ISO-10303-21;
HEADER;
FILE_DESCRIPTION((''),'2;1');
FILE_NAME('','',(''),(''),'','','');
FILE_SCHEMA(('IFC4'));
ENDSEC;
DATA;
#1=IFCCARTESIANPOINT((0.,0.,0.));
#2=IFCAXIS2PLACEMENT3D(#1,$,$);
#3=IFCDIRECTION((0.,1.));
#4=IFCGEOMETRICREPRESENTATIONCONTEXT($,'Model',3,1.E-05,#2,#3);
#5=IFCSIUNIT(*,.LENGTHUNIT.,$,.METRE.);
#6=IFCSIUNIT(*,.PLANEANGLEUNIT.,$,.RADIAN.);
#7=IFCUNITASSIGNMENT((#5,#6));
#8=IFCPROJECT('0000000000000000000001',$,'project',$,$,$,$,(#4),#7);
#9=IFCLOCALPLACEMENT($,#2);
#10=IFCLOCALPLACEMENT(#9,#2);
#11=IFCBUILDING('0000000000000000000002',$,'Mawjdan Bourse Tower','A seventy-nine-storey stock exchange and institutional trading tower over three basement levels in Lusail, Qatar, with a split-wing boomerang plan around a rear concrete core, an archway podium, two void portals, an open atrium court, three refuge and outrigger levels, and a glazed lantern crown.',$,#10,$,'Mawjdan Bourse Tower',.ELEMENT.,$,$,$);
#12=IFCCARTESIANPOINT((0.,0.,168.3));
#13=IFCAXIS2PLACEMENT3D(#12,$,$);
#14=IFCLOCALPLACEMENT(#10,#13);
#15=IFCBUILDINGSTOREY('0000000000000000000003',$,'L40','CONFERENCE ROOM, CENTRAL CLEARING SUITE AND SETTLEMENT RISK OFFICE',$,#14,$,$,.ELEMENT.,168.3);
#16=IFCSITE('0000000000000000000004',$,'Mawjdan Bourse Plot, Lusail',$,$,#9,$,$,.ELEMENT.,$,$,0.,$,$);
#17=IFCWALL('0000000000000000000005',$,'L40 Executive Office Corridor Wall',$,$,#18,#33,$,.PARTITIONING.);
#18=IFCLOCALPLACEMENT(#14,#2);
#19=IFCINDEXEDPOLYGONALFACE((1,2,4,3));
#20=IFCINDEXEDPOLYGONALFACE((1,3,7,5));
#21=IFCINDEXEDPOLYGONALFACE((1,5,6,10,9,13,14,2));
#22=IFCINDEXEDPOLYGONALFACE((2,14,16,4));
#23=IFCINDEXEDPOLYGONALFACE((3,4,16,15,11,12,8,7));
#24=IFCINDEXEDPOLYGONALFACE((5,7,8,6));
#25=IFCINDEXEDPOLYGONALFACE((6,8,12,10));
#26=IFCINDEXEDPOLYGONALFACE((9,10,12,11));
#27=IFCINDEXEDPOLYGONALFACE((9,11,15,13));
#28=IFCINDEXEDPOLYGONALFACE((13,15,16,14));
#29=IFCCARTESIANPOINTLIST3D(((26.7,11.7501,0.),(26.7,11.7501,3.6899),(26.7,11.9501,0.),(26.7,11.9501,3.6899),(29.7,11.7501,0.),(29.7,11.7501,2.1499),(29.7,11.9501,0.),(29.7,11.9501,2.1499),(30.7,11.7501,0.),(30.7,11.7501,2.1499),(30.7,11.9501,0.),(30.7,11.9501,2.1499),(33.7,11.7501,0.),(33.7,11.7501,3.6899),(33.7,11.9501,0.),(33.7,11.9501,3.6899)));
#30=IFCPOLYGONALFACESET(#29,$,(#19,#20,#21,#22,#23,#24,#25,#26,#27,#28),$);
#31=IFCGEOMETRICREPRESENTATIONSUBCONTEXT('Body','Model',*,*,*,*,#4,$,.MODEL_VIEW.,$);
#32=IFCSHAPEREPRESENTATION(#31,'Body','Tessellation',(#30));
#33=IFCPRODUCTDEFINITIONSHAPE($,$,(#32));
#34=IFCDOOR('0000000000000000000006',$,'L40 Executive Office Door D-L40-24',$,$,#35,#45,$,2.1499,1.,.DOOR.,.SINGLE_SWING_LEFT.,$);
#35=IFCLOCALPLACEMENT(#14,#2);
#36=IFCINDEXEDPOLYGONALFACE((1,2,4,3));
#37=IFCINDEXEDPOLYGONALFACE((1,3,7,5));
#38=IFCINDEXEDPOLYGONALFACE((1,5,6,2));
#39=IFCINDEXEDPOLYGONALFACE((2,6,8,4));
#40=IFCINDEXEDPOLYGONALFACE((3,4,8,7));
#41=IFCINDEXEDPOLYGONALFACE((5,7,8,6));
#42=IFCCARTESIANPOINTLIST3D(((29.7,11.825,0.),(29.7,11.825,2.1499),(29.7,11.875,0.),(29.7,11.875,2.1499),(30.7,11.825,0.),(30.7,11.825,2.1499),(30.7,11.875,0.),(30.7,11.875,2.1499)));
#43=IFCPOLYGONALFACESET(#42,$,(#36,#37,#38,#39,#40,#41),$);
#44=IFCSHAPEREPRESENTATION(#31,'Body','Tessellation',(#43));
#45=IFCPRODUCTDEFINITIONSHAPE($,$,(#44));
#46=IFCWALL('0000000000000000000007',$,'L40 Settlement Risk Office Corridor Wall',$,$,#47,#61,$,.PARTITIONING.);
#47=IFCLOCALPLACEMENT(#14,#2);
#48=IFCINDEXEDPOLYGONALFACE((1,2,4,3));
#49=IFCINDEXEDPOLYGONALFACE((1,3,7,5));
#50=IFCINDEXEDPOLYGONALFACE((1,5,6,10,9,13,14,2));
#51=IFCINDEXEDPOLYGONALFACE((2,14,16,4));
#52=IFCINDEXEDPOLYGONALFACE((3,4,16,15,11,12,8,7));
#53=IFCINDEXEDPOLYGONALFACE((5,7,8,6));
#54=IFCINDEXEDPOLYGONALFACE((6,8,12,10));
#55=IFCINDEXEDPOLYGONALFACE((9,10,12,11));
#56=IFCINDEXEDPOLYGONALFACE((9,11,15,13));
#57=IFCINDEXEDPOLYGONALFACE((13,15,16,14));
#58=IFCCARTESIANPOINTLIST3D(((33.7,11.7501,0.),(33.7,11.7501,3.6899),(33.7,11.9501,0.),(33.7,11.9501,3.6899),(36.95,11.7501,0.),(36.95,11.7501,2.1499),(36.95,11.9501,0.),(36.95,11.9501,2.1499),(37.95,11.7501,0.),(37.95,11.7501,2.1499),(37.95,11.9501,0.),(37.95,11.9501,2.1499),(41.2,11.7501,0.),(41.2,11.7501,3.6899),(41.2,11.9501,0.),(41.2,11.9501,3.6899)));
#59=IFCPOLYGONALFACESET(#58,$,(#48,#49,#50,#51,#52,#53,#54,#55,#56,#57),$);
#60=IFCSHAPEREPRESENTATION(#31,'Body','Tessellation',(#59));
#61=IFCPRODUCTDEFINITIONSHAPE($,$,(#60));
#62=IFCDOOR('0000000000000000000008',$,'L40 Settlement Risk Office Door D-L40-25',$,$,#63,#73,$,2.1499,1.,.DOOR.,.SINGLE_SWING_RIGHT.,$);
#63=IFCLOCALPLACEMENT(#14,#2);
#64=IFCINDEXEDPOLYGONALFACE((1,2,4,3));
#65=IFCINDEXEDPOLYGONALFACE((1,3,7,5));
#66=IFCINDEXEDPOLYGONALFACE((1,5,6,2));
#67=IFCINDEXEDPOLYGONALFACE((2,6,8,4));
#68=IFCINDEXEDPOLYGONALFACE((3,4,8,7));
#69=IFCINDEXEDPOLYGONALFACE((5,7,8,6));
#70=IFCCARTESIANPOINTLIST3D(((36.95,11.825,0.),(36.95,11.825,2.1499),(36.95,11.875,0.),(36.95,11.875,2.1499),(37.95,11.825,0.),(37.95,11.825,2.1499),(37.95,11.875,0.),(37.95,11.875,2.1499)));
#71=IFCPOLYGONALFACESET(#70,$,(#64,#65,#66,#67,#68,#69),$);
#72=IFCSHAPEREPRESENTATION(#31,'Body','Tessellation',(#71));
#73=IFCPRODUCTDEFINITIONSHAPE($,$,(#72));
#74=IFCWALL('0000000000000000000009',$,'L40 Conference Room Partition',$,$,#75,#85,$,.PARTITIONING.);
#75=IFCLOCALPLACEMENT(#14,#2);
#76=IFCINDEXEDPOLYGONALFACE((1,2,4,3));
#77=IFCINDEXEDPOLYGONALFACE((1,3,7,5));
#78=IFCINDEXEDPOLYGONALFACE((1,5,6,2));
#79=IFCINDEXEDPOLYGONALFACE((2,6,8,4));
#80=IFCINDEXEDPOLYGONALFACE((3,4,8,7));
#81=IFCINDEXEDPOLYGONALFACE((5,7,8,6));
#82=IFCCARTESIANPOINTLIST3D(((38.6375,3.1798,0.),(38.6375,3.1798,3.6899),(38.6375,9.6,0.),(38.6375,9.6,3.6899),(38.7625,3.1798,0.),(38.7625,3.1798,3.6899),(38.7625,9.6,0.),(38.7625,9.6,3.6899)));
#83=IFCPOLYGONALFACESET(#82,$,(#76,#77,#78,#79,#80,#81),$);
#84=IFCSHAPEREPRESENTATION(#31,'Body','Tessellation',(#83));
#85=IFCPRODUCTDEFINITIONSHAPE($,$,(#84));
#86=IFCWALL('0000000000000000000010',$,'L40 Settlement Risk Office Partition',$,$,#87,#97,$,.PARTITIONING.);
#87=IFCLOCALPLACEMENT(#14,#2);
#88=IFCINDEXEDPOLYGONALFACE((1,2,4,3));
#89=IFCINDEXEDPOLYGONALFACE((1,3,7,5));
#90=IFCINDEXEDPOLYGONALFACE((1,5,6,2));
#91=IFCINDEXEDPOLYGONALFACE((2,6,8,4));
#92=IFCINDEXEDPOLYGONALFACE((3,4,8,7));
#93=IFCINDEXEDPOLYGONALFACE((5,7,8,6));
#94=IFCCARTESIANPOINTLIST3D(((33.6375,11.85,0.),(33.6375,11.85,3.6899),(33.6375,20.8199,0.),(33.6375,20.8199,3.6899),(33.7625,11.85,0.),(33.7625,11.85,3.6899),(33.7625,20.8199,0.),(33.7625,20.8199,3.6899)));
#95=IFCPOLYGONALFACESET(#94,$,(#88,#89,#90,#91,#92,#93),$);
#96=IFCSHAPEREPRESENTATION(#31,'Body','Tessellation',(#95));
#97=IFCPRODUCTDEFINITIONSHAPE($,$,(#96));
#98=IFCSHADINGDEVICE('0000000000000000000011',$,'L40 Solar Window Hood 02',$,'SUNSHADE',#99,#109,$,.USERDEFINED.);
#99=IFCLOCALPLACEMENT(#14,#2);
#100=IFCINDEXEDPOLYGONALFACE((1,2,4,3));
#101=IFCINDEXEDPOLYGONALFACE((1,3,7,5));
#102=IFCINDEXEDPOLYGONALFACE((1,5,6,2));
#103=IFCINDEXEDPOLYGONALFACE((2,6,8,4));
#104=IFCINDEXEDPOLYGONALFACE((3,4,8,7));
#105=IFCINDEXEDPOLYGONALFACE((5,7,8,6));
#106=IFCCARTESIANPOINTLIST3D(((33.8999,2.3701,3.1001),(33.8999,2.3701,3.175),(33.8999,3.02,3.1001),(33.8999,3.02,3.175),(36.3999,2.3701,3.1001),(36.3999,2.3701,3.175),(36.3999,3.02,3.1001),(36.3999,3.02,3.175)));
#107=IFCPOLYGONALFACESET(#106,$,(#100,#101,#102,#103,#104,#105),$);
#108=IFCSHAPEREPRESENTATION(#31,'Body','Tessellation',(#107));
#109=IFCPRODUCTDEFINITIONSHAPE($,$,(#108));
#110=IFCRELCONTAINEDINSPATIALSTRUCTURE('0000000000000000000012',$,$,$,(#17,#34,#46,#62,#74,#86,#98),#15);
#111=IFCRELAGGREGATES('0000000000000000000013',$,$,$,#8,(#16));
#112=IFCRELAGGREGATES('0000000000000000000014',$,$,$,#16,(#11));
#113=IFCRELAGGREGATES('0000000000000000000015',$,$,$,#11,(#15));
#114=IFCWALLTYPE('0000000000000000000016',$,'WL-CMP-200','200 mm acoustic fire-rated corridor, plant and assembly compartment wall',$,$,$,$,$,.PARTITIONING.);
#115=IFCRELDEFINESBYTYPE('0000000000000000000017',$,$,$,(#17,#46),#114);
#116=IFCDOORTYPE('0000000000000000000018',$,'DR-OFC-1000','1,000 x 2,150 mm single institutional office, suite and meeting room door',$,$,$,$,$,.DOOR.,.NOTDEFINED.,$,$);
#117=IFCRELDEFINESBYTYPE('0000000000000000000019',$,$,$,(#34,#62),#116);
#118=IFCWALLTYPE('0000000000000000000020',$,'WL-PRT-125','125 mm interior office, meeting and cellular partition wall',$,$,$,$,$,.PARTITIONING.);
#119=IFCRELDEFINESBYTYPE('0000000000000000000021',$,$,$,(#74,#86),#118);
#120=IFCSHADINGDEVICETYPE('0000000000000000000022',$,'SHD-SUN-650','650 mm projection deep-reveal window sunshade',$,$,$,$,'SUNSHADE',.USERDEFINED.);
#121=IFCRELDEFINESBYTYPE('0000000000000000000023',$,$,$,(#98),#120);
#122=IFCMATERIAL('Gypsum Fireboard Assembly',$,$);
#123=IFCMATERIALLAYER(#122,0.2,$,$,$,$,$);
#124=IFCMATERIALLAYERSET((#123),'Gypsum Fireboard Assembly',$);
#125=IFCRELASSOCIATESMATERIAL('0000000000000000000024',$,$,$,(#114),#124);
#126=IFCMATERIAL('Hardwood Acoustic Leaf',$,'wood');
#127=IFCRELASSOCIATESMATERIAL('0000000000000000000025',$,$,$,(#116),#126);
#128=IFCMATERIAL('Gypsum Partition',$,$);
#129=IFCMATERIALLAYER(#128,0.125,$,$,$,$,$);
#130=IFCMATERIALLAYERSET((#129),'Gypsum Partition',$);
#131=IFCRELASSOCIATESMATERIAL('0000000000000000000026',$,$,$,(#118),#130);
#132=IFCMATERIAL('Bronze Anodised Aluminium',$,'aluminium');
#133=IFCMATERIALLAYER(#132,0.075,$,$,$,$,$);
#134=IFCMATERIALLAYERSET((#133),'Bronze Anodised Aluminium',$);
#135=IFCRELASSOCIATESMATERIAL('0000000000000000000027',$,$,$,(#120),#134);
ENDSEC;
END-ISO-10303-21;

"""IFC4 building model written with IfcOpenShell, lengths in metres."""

from ifc_helpers import new_model, si_unit, direction, frame, frame_2d, origin, origin_2d, place, context, subcontext, project, spatial, rectangle, extrude, material, layer, layer_set, type_object, element, fill, save


model = new_model("IFC4")

# Units and contexts
model_context = context("Model", 3, precision=1e-05, world=origin(), true_north=direction((0.0, 1.0)))
body_context = subcontext(model_context, "Body", "Model", "MODEL_VIEW")
ifc_project = project(units=[si_unit("LENGTHUNIT", "METRE"), si_unit("PLANEANGLEUNIT", "RADIAN")], contexts=[model_context])

# Site, building, storey
site_placement = place(None, origin())
site = spatial("IfcSite", under=ifc_project, at=site_placement, Name="Mawjdan Bourse Plot, Lusail", CompositionType="ELEMENT", RefElevation=0.0)
building_placement = place(site_placement, origin())
building = spatial("IfcBuilding", under=site, at=building_placement, Name="Mawjdan Bourse Tower", Description="A seventy-nine-storey stock exchange and institutional trading tower over three basement levels in Lusail, Qatar, with a split-wing boomerang plan around a rear concrete core, an archway podium, two void portals, an open atrium court, three refuge and outrigger levels, and a glazed lantern crown.", LongName="Mawjdan Bourse Tower", CompositionType="ELEMENT")
storey_placement = place(building_placement, frame((0.0, 0.0, 168.3)))
storey = spatial("IfcBuildingStorey", under=building, at=storey_placement, Name="L40", Description="CONFERENCE ROOM, CENTRAL CLEARING SUITE AND SETTLEMENT RISK OFFICE", CompositionType="ELEMENT", Elevation=168.3)

# Shared definitions
ifc_material_1 = material(Name="Gypsum Fireboard Assembly")
ifc_layer_1 = layer(ifc_material_1, 0.2)
ifc_layer_set_1 = layer_set([ifc_layer_1], Name="Gypsum Fireboard Assembly")
wall_type_1 = type_object("IfcWallType", Name="WL-CMP-200", Description="200 mm acoustic fire-rated corridor, plant and assembly compartment wall", PredefinedType="PARTITIONING", material=ifc_layer_set_1)

# Walls, openings, doors
ifc_material_2 = material(Name="Hardwood Acoustic Leaf", Category="wood")
door_type_1 = type_object("IfcDoorType", Name="DR-OFC-1000", Description="1,000 x 2,150 mm single institutional office, suite and meeting room door", OperationType="NOTDEFINED", PredefinedType="DOOR", material=ifc_material_2)
wall_1_placement = place(storey_placement, frame((26.7, 11.8501, 0.0), z_axis=(0.0, 0.0, 1.0), x_axis=(1.0, 0.0, 0.0)))
wall_1 = element("IfcWall", 1, at=wall_1_placement, inside=storey, type_object=wall_type_1, Name="L40 Executive Office Corridor Wall", PredefinedType="PARTITIONING", context=body_context, shape_type="SweptSolid", body=[
    extrude(rectangle(XDim=7.0, YDim=0.2, at=frame_2d((3.5, 0.0))), origin(), (0.0, 0.0, 1.0), 3.6899),
])
opening_1_placement = place(wall_1_placement, frame((3.0, 0.0, 0.0)))
opening_1 = element("IfcOpeningElement", 2, at=opening_1_placement, cuts=wall_1, PredefinedType="OPENING", context=body_context, shape_type="SweptSolid", body=[
    extrude(rectangle(XDim=1.0, YDim=2.1499, at=frame_2d((0.5, 1.075))), frame((0.0, 0.1099, 0.0), z_axis=(0.0, -1.0, 0.0), x_axis=(1.0, 0.0, 0.0)), (0.0, 0.0, 1.0), 0.22),
])
door_1_placement = place(opening_1_placement, origin())
door_1 = element("IfcDoor", 3, at=door_1_placement, inside=storey, type_object=door_type_1, Name="L40 Executive Office Door D-L40-24", OperationType="SINGLE_SWING_LEFT", OverallHeight=2.1499, OverallWidth=1.0, PredefinedType="DOOR", context=body_context, shape_type="SweptSolid", body=[
    extrude(rectangle(XDim=1.0, YDim=2.1499, at=frame_2d((0.5, 1.075))), frame((0.0, 0.0249, 0.0), z_axis=(0.0, -1.0, 0.0), x_axis=(1.0, 0.0, 0.0)), (0.0, 0.0, 1.0), 0.05),
])
fill(opening_1, door_1)
wall_2_placement = place(storey_placement, frame((33.7, 11.8501, 0.0), z_axis=(0.0, 0.0, 1.0), x_axis=(1.0, 0.0, 0.0)))
wall_2 = element("IfcWall", 4, at=wall_2_placement, inside=storey, type_object=wall_type_1, Name="L40 Settlement Risk Office Corridor Wall", PredefinedType="PARTITIONING", context=body_context, shape_type="SweptSolid", body=[
    extrude(rectangle(XDim=7.5, YDim=0.2, at=frame_2d((3.75, 0.0))), origin(), (0.0, 0.0, 1.0), 3.6899),
])
opening_2_placement = place(wall_2_placement, frame((3.25, 0.0, 0.0)))
opening_2 = element("IfcOpeningElement", 5, at=opening_2_placement, cuts=wall_2, PredefinedType="OPENING", context=body_context, shape_type="SweptSolid", body=[
    extrude(rectangle(XDim=1.0, YDim=2.1499, at=frame_2d((0.5, 1.075))), frame((0.0, 0.1099, 0.0), z_axis=(0.0, -1.0, 0.0), x_axis=(1.0, 0.0, 0.0)), (0.0, 0.0, 1.0), 0.22),
])
door_2_placement = place(opening_2_placement, origin())
door_2 = element("IfcDoor", 6, at=door_2_placement, inside=storey, type_object=door_type_1, Name="L40 Settlement Risk Office Door D-L40-25", OperationType="SINGLE_SWING_RIGHT", OverallHeight=2.1499, OverallWidth=1.0, PredefinedType="DOOR", context=body_context, shape_type="SweptSolid", body=[
    extrude(rectangle(XDim=1.0, YDim=2.1499, at=frame_2d((0.5, 1.075))), frame((0.0, 0.0249, 0.0), z_axis=(0.0, -1.0, 0.0), x_axis=(1.0, 0.0, 0.0)), (0.0, 0.0, 1.0), 0.05),
])
fill(opening_2, door_2)

# Walls
ifc_material_3 = material(Name="Gypsum Partition")
ifc_layer_2 = layer(ifc_material_3, 0.125)
ifc_layer_set_2 = layer_set([ifc_layer_2], Name="Gypsum Partition")
wall_type_2 = type_object("IfcWallType", Name="WL-PRT-125", Description="125 mm interior office, meeting and cellular partition wall", PredefinedType="PARTITIONING", material=ifc_layer_set_2)
wall_3_placement = place(storey_placement, frame((38.7, 3.1799, 0.0), z_axis=(0.0, 0.0, 1.0), x_axis=(0.0, 1.0, 0.0)))
element("IfcWall", 7, at=wall_3_placement, inside=storey, type_object=wall_type_2, Name="L40 Conference Room Partition", PredefinedType="PARTITIONING", context=body_context, shape_type="SweptSolid", body=[
    extrude(rectangle(XDim=6.4202, YDim=0.125, at=frame_2d((3.21, 0.0))), origin(), (0.0, 0.0, 1.0), 3.6899),
])
wall_4_placement = place(storey_placement, frame((33.7, 11.8501, 0.0), z_axis=(0.0, 0.0, 1.0), x_axis=(0.0, 1.0, 0.0)))
element("IfcWall", 8, at=wall_4_placement, inside=storey, type_object=wall_type_2, Name="L40 Settlement Risk Office Partition", PredefinedType="PARTITIONING", context=body_context, shape_type="SweptSolid", body=[
    extrude(rectangle(XDim=8.97, YDim=0.125, at=frame_2d((4.4849, 0.0))), origin(), (0.0, 0.0, 1.0), 3.6899),
])

# Shading device
ifc_material_4 = material(Name="Bronze Anodised Aluminium", Category="aluminium")
ifc_layer_3 = layer(ifc_material_4, 0.075)
ifc_layer_set_3 = layer_set([ifc_layer_3], Name="Bronze Anodised Aluminium")
shading_device_type = type_object("IfcShadingDeviceType", Name="SHD-SUN-650", Description="650 mm projection deep-reveal window sunshade", ElementType="SUNSHADE", PredefinedType="USERDEFINED", material=ifc_layer_set_3)
shading_device_placement = place(storey_placement, frame((35.1499, 2.6951, 3.1001), z_axis=(0.0, 0.0, 1.0), x_axis=(1.0, 0.0, 0.0)))
element("IfcShadingDevice", 9, at=shading_device_placement, inside=storey, type_object=shading_device_type, Name="L40 Solar Window Hood 02", ObjectType="SUNSHADE", PredefinedType="USERDEFINED", context=body_context, shape_type="SweptSolid", body=[
    extrude(rectangle(XDim=2.5, YDim=0.6499, at=origin_2d()), origin(), (0.0, 0.0, 1.0), 0.075),
])

save(model, "model.ifc")
